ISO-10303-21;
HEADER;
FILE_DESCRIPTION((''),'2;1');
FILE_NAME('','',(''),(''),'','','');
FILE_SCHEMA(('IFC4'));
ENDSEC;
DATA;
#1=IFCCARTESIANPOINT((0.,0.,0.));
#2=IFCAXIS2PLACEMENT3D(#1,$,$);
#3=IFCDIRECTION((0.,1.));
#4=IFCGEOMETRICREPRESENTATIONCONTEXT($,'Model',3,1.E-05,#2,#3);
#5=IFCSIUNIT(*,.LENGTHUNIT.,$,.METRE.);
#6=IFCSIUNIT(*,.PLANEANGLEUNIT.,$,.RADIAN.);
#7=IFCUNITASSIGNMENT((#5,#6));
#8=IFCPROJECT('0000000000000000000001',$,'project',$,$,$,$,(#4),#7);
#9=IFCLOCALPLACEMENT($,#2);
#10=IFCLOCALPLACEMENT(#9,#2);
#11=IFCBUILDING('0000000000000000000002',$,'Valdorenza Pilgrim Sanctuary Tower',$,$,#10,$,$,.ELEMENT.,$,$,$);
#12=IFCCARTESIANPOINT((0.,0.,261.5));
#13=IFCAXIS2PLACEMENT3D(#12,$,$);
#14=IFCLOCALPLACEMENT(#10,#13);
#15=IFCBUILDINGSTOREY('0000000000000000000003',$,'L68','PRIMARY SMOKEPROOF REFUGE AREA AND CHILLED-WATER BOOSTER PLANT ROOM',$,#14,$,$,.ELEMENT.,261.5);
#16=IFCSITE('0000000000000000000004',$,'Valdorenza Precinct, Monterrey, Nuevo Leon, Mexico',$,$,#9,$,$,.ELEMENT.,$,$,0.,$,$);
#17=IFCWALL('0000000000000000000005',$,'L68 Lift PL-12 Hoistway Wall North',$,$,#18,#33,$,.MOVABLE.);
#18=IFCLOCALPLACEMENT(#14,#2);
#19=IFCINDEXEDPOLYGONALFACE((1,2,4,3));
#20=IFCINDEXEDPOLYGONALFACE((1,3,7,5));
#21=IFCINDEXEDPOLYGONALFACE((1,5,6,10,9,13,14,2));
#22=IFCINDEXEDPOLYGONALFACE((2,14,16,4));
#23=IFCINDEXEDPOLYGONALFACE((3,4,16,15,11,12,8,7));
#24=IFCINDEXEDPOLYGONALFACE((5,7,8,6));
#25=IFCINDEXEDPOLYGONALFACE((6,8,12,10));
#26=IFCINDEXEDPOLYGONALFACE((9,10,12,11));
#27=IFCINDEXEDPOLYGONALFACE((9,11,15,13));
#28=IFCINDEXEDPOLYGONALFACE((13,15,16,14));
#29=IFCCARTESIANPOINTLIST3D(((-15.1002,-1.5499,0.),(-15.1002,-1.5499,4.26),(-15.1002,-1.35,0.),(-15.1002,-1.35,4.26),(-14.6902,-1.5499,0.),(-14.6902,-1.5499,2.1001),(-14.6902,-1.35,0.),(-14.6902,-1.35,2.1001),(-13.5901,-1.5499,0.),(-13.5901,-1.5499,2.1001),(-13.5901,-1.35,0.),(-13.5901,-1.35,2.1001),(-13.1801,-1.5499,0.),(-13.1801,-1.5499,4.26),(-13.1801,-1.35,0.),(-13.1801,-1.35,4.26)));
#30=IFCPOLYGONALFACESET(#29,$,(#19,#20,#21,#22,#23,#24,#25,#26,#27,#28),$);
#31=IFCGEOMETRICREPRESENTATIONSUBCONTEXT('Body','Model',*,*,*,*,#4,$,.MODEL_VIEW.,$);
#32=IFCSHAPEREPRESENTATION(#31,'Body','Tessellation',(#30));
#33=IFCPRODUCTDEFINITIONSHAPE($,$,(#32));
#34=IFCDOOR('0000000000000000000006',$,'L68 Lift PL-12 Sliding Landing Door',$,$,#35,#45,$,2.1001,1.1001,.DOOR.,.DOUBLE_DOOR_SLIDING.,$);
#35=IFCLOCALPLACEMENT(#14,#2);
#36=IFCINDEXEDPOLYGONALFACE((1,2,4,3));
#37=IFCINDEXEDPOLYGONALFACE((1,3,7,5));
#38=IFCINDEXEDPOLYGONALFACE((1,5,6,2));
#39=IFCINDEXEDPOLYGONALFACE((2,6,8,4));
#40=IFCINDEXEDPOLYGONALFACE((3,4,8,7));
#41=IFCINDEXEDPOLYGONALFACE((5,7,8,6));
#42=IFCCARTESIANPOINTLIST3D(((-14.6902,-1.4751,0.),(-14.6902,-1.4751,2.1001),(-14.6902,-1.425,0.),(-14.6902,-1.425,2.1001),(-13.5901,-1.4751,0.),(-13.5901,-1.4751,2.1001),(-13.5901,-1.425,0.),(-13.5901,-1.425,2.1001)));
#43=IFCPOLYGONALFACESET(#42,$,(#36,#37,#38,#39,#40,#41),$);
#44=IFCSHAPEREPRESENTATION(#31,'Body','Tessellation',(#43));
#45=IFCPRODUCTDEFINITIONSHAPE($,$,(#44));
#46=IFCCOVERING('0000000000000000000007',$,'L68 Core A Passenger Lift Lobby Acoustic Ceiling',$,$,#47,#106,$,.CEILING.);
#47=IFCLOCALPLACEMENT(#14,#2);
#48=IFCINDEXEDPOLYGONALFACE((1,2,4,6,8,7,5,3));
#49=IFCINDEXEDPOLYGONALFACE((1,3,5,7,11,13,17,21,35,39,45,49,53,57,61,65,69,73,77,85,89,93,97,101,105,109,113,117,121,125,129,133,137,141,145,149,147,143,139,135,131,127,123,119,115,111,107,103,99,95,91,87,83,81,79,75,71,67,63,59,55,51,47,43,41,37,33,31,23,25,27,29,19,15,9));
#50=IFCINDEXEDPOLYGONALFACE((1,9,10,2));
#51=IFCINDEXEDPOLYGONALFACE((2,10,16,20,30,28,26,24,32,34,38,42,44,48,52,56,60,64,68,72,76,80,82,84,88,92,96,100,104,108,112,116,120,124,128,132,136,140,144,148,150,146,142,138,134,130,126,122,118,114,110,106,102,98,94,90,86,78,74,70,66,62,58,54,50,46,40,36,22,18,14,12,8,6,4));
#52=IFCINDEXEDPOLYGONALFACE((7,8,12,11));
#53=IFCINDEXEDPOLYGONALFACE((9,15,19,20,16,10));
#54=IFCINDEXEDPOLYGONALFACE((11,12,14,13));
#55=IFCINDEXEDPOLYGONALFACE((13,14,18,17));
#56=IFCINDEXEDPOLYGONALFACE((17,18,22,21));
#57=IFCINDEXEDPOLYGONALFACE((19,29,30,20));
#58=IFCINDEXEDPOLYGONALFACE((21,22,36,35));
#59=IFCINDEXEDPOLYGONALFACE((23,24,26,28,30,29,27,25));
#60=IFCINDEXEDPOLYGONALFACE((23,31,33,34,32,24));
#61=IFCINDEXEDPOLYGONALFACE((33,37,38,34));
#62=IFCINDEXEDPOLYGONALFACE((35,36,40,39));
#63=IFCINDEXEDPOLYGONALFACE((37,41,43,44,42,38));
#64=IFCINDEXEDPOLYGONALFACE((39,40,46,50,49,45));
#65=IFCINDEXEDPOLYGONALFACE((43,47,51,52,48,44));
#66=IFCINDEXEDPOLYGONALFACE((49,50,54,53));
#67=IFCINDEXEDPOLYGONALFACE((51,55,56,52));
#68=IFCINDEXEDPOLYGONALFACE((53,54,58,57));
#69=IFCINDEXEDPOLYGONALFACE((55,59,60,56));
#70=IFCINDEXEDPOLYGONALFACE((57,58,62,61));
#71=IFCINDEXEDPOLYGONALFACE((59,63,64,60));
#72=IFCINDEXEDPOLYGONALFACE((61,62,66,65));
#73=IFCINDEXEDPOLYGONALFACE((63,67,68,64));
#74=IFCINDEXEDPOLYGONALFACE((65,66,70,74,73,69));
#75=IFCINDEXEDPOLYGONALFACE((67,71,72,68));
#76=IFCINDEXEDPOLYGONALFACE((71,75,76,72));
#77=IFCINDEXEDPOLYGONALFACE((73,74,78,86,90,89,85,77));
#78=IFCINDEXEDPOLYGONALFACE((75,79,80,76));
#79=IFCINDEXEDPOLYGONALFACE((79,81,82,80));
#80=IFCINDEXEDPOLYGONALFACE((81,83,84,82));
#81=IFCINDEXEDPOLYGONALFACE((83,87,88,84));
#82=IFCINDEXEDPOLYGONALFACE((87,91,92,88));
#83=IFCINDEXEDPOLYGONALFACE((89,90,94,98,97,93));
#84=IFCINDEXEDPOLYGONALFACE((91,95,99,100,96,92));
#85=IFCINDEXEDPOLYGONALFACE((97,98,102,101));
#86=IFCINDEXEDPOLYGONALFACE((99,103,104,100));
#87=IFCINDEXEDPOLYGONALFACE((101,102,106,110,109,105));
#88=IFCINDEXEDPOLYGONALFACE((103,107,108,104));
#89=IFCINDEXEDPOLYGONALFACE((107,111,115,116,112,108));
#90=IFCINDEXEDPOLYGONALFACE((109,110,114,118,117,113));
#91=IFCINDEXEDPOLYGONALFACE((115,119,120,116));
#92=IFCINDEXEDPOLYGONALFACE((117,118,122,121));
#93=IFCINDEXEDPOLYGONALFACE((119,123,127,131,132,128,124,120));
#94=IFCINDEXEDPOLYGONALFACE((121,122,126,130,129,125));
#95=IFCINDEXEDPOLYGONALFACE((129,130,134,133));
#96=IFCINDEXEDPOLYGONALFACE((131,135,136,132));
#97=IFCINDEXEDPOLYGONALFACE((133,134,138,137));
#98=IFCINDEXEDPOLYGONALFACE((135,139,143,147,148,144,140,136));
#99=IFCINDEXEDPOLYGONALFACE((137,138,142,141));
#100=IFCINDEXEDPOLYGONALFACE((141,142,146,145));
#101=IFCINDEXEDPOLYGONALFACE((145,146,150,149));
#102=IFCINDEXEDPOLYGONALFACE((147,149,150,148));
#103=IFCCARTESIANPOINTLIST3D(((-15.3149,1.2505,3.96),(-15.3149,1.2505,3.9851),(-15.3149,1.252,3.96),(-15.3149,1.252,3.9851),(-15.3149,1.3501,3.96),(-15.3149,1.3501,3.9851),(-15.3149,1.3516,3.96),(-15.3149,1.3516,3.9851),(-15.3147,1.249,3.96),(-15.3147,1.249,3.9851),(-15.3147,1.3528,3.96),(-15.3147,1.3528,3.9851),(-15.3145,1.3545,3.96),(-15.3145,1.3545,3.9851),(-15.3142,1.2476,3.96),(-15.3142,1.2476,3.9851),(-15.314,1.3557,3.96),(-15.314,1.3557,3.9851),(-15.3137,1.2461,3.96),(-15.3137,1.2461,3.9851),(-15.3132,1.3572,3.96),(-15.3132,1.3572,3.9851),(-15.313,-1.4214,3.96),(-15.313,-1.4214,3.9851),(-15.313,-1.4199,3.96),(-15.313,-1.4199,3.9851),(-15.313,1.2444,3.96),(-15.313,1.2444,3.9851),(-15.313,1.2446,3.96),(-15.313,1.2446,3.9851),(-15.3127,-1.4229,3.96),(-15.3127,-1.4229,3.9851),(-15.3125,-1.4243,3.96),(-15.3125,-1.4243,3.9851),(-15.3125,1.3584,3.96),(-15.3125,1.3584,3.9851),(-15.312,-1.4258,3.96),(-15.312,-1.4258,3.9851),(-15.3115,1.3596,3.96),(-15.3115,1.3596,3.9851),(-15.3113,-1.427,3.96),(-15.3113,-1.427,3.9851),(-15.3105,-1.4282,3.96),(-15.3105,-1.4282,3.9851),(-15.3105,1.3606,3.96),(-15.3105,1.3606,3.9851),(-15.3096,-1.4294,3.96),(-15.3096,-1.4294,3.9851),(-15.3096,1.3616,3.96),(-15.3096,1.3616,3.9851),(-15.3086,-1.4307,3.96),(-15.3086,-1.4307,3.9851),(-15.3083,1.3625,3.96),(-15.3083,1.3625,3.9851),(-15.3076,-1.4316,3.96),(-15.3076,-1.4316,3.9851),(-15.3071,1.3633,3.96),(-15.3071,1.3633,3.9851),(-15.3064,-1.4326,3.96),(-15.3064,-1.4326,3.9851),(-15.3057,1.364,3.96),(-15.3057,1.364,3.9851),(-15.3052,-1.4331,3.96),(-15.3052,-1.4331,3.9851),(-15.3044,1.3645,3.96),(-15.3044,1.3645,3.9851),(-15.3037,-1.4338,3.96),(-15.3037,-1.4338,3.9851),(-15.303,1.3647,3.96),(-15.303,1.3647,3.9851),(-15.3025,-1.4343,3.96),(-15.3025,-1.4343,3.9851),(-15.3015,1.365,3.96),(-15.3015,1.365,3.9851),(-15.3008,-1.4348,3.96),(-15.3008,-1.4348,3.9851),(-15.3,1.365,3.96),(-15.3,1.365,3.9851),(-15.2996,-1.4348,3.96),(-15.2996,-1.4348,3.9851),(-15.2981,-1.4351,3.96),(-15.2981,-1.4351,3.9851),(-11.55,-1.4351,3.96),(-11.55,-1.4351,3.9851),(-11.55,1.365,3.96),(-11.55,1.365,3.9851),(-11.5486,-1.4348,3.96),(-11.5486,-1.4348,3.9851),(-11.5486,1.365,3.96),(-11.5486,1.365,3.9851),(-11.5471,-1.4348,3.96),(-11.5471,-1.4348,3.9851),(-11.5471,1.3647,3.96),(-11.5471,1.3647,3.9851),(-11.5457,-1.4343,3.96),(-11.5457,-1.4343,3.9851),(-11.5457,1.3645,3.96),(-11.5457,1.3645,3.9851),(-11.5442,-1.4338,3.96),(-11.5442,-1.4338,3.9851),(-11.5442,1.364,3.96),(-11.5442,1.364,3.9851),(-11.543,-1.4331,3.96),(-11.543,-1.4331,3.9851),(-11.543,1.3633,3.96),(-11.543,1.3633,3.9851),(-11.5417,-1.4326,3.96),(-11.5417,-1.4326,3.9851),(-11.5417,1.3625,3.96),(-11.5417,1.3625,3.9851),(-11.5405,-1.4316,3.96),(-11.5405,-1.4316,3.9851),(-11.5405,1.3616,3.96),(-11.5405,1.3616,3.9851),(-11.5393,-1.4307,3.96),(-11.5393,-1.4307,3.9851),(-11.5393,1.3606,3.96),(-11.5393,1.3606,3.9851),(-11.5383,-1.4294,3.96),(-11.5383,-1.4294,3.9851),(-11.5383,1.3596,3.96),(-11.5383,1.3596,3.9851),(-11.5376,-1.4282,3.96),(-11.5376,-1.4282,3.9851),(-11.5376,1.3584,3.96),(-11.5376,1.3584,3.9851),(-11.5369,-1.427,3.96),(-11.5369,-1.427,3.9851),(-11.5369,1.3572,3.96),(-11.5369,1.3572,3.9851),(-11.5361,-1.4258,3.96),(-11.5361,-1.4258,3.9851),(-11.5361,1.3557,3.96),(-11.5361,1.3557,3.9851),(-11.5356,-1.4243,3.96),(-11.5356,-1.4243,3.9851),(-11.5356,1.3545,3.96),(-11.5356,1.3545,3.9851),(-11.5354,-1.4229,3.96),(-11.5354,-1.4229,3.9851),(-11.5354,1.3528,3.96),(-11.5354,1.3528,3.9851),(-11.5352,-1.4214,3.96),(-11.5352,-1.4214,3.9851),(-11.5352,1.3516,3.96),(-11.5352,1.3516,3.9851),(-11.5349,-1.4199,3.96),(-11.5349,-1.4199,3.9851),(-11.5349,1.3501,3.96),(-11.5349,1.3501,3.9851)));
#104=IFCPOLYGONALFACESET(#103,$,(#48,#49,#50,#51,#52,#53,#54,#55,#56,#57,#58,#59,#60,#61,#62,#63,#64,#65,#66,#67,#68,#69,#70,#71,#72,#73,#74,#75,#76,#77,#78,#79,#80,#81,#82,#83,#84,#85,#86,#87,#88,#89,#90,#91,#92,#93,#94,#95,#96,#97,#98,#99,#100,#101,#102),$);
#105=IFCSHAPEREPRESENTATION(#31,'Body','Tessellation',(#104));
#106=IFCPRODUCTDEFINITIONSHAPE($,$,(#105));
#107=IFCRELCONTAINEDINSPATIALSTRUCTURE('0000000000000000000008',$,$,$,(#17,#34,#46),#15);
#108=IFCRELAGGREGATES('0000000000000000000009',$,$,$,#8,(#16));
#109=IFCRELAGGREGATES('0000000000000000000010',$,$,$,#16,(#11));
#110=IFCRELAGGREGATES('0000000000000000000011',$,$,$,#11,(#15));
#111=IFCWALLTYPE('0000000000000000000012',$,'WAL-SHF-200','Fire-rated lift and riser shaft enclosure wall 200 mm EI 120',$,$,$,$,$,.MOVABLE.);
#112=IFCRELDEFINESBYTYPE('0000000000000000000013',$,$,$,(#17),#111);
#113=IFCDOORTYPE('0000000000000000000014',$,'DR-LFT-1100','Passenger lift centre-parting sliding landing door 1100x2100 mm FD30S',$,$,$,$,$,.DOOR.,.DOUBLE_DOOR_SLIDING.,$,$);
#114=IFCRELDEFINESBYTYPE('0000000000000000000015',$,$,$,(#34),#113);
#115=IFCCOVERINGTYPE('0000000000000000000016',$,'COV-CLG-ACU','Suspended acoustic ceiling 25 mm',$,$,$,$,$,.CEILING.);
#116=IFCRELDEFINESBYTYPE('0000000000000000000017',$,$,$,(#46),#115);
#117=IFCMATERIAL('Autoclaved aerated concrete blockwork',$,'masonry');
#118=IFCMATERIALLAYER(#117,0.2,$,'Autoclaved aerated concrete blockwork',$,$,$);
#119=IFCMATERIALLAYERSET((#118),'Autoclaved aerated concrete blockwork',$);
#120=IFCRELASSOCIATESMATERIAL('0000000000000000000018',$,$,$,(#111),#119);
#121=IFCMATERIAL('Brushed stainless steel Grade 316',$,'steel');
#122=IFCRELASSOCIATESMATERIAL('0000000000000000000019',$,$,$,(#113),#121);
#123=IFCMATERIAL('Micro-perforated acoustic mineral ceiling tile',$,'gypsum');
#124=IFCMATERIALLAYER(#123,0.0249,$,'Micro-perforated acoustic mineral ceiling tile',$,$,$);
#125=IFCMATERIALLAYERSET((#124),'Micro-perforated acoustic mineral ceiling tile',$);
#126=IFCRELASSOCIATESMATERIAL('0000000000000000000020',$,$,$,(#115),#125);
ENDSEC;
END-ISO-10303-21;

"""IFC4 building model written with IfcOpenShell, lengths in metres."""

from ifc_helpers import new_model, si_unit, direction, frame, frame_2d, origin, place, context, subcontext, project, spatial, polyline, rectangle, outline, extrude, material, layer, layer_set, type_object, element, fill, save


model = new_model("IFC4")

# Units and contexts
model_context = context("Model", 3, precision=1e-05, world=origin(), true_north=direction((0.0, 1.0)))
body_context = subcontext(model_context, "Body", "Model", "MODEL_VIEW")
ifc_project = project(units=[si_unit("LENGTHUNIT", "METRE"), si_unit("PLANEANGLEUNIT", "RADIAN")], contexts=[model_context])

# Site, building, storey
site_placement = place(None, origin())
site = spatial("IfcSite", under=ifc_project, at=site_placement, Name="Valdorenza Precinct, Monterrey, Nuevo Leon, Mexico", CompositionType="ELEMENT", RefElevation=0.0)
building_placement = place(site_placement, origin())
building = spatial("IfcBuilding", under=site, at=building_placement, Name="Valdorenza Pilgrim Sanctuary Tower", CompositionType="ELEMENT")
storey_placement = place(building_placement, frame((0.0, 0.0, 261.5)))
storey = spatial("IfcBuildingStorey", under=building, at=storey_placement, Name="L68", Description="PRIMARY SMOKEPROOF REFUGE AREA AND CHILLED-WATER BOOSTER PLANT ROOM", CompositionType="ELEMENT", Elevation=261.5)

# Shared definitions
ifc_material_1 = material(Name="Autoclaved aerated concrete blockwork", Category="masonry")
ifc_layer_1 = layer(ifc_material_1, 0.2, Name="Autoclaved aerated concrete blockwork")
ifc_layer_set_1 = layer_set([ifc_layer_1], Name="Autoclaved aerated concrete blockwork")
wall_type_1 = type_object("IfcWallType", Name="WAL-SHF-200", Description="Fire-rated lift and riser shaft enclosure wall 200 mm EI 120", PredefinedType="MOVABLE", material=ifc_layer_set_1)

# Wall, opening, door
wall_1_placement = place(storey_placement, frame((-15.1001, -1.45, 0.0), z_axis=(0.0, 0.0, 1.0), x_axis=(1.0, 0.0, 0.0)))
wall_1 = element("IfcWall", 1, at=wall_1_placement, inside=storey, type_object=wall_type_1, Name="L68 Lift PL-12 Hoistway Wall North", PredefinedType="MOVABLE", context=body_context, shape_type="SweptSolid", body=[
    extrude(rectangle(XDim=1.9202, YDim=0.2, at=frame_2d((0.96, 0.0))), origin(), (0.0, 0.0, 1.0), 4.26),
])
opening_1_placement = place(wall_1_placement, frame((0.4099, 0.0, 0.0)))
opening_1 = element("IfcOpeningElement", 2, at=opening_1_placement, cuts=wall_1, PredefinedType="OPENING", context=body_context, shape_type="SweptSolid", body=[
    extrude(rectangle(XDim=1.1001, YDim=2.1001, at=frame_2d((0.55, 1.05))), frame((0.0, 0.1147, 0.0), z_axis=(0.0, -1.0, 0.0), x_axis=(1.0, 0.0, 0.0)), (0.0, 0.0, 1.0), 0.2297),
])
ifc_material_2 = material(Name="Brushed stainless steel Grade 316", Category="steel")
door_type_1 = type_object("IfcDoorType", Name="DR-LFT-1100", Description="Passenger lift centre-parting sliding landing door 1100x2100 mm FD30S", OperationType="DOUBLE_DOOR_SLIDING", PredefinedType="DOOR", material=ifc_material_2)
door_1_placement = place(opening_1_placement, origin())
door_1 = element("IfcDoor", 3, at=door_1_placement, inside=storey, type_object=door_type_1, Name="L68 Lift PL-12 Sliding Landing Door", OperationType="DOUBLE_DOOR_SLIDING", OverallHeight=2.1001, OverallWidth=1.1001, PredefinedType="DOOR", context=body_context, shape_type="SweptSolid", body=[
    extrude(rectangle(XDim=1.1001, YDim=2.1001, at=frame_2d((0.55, 1.05))), frame((0.0, 0.0249, 0.0), z_axis=(0.0, -1.0, 0.0), x_axis=(1.0, 0.0, 0.0)), (0.0, 0.0, 1.0), 0.05),
])
fill(opening_1, door_1)

# Covering
ifc_material_3 = material(Name="Micro-perforated acoustic mineral ceiling tile", Category="gypsum")
ifc_layer_2 = layer(ifc_material_3, 0.0249, Name="Micro-perforated acoustic mineral ceiling tile")
ifc_layer_set_2 = layer_set([ifc_layer_2], Name="Micro-perforated acoustic mineral ceiling tile")
covering_type_1 = type_object("IfcCoveringType", Name="COV-CLG-ACU", Description="Suspended acoustic ceiling 25 mm", PredefinedType="CEILING", material=ifc_layer_set_2)
covering_1_placement = place(storey_placement, frame((0.0, 0.0, 3.96)))
element("IfcCovering", 4, at=covering_1_placement, inside=storey, type_object=covering_type_1, Name="L68 Core A Passenger Lift Lobby Acoustic Ceiling", PredefinedType="CEILING", context=body_context, shape_type="SweptSolid", body=[
    extrude(outline(polyline([(-15.3149, 1.3501), (-15.3149, 1.3516), (-15.3147, 1.3528), (-15.3145, 1.3545), (-15.314, 1.3557), (-15.3132, 1.3572), (-15.3125, 1.3584), (-15.3115, 1.3596), (-15.3105, 1.3606), (-15.3096, 1.3616), (-15.3083, 1.3625), (-15.3071, 1.3633), (-15.3057, 1.364), (-15.3044, 1.3645), (-15.303, 1.3647), (-15.3015, 1.365), (-15.3, 1.365), (-11.55, 1.365), (-11.5486, 1.365), (-11.5471, 1.3647), (-11.5457, 1.3645), (-11.5442, 1.364), (-11.543, 1.3633), (-11.5417, 1.3625), (-11.5405, 1.3616), (-11.5393, 1.3606), (-11.5383, 1.3596), (-11.5376, 1.3584), (-11.5369, 1.3572), (-11.5361, 1.3557), (-11.5356, 1.3545), (-11.5354, 1.3528), (-11.5352, 1.3516), (-11.5349, 1.3501), (-11.5349, -1.4199), (-11.5352, -1.4214), (-11.5354, -1.4229), (-11.5356, -1.4243), (-11.5361, -1.4258), (-11.5369, -1.427), (-11.5376, -1.4282), (-11.5383, -1.4294), (-11.5393, -1.4307), (-11.5405, -1.4316), (-11.5417, -1.4326), (-11.543, -1.4331), (-11.5442, -1.4338), (-11.5457, -1.4343), (-11.5471, -1.4348), (-11.5486, -1.4348), (-11.55, -1.4351), (-15.2981, -1.4351), (-15.2996, -1.4348), (-15.3008, -1.4348), (-15.3025, -1.4343), (-15.3037, -1.4338), (-15.3052, -1.4331), (-15.3064, -1.4326), (-15.3076, -1.4316), (-15.3086, -1.4307), (-15.3096, -1.4294), (-15.3105, -1.4282), (-15.3113, -1.427), (-15.312, -1.4258), (-15.3125, -1.4243), (-15.3127, -1.4229), (-15.313, -1.4214), (-15.313, -1.4199), (-15.313, 1.2444), (-15.313, 1.2446), (-15.3137, 1.2461), (-15.3142, 1.2476), (-15.3147, 1.249), (-15.3149, 1.2505), (-15.3149, 1.252), (-15.3149, 1.3501)])), origin(), (0.0, 0.0, 1.0), 0.0251),
])

save(model, "model.ifc")
